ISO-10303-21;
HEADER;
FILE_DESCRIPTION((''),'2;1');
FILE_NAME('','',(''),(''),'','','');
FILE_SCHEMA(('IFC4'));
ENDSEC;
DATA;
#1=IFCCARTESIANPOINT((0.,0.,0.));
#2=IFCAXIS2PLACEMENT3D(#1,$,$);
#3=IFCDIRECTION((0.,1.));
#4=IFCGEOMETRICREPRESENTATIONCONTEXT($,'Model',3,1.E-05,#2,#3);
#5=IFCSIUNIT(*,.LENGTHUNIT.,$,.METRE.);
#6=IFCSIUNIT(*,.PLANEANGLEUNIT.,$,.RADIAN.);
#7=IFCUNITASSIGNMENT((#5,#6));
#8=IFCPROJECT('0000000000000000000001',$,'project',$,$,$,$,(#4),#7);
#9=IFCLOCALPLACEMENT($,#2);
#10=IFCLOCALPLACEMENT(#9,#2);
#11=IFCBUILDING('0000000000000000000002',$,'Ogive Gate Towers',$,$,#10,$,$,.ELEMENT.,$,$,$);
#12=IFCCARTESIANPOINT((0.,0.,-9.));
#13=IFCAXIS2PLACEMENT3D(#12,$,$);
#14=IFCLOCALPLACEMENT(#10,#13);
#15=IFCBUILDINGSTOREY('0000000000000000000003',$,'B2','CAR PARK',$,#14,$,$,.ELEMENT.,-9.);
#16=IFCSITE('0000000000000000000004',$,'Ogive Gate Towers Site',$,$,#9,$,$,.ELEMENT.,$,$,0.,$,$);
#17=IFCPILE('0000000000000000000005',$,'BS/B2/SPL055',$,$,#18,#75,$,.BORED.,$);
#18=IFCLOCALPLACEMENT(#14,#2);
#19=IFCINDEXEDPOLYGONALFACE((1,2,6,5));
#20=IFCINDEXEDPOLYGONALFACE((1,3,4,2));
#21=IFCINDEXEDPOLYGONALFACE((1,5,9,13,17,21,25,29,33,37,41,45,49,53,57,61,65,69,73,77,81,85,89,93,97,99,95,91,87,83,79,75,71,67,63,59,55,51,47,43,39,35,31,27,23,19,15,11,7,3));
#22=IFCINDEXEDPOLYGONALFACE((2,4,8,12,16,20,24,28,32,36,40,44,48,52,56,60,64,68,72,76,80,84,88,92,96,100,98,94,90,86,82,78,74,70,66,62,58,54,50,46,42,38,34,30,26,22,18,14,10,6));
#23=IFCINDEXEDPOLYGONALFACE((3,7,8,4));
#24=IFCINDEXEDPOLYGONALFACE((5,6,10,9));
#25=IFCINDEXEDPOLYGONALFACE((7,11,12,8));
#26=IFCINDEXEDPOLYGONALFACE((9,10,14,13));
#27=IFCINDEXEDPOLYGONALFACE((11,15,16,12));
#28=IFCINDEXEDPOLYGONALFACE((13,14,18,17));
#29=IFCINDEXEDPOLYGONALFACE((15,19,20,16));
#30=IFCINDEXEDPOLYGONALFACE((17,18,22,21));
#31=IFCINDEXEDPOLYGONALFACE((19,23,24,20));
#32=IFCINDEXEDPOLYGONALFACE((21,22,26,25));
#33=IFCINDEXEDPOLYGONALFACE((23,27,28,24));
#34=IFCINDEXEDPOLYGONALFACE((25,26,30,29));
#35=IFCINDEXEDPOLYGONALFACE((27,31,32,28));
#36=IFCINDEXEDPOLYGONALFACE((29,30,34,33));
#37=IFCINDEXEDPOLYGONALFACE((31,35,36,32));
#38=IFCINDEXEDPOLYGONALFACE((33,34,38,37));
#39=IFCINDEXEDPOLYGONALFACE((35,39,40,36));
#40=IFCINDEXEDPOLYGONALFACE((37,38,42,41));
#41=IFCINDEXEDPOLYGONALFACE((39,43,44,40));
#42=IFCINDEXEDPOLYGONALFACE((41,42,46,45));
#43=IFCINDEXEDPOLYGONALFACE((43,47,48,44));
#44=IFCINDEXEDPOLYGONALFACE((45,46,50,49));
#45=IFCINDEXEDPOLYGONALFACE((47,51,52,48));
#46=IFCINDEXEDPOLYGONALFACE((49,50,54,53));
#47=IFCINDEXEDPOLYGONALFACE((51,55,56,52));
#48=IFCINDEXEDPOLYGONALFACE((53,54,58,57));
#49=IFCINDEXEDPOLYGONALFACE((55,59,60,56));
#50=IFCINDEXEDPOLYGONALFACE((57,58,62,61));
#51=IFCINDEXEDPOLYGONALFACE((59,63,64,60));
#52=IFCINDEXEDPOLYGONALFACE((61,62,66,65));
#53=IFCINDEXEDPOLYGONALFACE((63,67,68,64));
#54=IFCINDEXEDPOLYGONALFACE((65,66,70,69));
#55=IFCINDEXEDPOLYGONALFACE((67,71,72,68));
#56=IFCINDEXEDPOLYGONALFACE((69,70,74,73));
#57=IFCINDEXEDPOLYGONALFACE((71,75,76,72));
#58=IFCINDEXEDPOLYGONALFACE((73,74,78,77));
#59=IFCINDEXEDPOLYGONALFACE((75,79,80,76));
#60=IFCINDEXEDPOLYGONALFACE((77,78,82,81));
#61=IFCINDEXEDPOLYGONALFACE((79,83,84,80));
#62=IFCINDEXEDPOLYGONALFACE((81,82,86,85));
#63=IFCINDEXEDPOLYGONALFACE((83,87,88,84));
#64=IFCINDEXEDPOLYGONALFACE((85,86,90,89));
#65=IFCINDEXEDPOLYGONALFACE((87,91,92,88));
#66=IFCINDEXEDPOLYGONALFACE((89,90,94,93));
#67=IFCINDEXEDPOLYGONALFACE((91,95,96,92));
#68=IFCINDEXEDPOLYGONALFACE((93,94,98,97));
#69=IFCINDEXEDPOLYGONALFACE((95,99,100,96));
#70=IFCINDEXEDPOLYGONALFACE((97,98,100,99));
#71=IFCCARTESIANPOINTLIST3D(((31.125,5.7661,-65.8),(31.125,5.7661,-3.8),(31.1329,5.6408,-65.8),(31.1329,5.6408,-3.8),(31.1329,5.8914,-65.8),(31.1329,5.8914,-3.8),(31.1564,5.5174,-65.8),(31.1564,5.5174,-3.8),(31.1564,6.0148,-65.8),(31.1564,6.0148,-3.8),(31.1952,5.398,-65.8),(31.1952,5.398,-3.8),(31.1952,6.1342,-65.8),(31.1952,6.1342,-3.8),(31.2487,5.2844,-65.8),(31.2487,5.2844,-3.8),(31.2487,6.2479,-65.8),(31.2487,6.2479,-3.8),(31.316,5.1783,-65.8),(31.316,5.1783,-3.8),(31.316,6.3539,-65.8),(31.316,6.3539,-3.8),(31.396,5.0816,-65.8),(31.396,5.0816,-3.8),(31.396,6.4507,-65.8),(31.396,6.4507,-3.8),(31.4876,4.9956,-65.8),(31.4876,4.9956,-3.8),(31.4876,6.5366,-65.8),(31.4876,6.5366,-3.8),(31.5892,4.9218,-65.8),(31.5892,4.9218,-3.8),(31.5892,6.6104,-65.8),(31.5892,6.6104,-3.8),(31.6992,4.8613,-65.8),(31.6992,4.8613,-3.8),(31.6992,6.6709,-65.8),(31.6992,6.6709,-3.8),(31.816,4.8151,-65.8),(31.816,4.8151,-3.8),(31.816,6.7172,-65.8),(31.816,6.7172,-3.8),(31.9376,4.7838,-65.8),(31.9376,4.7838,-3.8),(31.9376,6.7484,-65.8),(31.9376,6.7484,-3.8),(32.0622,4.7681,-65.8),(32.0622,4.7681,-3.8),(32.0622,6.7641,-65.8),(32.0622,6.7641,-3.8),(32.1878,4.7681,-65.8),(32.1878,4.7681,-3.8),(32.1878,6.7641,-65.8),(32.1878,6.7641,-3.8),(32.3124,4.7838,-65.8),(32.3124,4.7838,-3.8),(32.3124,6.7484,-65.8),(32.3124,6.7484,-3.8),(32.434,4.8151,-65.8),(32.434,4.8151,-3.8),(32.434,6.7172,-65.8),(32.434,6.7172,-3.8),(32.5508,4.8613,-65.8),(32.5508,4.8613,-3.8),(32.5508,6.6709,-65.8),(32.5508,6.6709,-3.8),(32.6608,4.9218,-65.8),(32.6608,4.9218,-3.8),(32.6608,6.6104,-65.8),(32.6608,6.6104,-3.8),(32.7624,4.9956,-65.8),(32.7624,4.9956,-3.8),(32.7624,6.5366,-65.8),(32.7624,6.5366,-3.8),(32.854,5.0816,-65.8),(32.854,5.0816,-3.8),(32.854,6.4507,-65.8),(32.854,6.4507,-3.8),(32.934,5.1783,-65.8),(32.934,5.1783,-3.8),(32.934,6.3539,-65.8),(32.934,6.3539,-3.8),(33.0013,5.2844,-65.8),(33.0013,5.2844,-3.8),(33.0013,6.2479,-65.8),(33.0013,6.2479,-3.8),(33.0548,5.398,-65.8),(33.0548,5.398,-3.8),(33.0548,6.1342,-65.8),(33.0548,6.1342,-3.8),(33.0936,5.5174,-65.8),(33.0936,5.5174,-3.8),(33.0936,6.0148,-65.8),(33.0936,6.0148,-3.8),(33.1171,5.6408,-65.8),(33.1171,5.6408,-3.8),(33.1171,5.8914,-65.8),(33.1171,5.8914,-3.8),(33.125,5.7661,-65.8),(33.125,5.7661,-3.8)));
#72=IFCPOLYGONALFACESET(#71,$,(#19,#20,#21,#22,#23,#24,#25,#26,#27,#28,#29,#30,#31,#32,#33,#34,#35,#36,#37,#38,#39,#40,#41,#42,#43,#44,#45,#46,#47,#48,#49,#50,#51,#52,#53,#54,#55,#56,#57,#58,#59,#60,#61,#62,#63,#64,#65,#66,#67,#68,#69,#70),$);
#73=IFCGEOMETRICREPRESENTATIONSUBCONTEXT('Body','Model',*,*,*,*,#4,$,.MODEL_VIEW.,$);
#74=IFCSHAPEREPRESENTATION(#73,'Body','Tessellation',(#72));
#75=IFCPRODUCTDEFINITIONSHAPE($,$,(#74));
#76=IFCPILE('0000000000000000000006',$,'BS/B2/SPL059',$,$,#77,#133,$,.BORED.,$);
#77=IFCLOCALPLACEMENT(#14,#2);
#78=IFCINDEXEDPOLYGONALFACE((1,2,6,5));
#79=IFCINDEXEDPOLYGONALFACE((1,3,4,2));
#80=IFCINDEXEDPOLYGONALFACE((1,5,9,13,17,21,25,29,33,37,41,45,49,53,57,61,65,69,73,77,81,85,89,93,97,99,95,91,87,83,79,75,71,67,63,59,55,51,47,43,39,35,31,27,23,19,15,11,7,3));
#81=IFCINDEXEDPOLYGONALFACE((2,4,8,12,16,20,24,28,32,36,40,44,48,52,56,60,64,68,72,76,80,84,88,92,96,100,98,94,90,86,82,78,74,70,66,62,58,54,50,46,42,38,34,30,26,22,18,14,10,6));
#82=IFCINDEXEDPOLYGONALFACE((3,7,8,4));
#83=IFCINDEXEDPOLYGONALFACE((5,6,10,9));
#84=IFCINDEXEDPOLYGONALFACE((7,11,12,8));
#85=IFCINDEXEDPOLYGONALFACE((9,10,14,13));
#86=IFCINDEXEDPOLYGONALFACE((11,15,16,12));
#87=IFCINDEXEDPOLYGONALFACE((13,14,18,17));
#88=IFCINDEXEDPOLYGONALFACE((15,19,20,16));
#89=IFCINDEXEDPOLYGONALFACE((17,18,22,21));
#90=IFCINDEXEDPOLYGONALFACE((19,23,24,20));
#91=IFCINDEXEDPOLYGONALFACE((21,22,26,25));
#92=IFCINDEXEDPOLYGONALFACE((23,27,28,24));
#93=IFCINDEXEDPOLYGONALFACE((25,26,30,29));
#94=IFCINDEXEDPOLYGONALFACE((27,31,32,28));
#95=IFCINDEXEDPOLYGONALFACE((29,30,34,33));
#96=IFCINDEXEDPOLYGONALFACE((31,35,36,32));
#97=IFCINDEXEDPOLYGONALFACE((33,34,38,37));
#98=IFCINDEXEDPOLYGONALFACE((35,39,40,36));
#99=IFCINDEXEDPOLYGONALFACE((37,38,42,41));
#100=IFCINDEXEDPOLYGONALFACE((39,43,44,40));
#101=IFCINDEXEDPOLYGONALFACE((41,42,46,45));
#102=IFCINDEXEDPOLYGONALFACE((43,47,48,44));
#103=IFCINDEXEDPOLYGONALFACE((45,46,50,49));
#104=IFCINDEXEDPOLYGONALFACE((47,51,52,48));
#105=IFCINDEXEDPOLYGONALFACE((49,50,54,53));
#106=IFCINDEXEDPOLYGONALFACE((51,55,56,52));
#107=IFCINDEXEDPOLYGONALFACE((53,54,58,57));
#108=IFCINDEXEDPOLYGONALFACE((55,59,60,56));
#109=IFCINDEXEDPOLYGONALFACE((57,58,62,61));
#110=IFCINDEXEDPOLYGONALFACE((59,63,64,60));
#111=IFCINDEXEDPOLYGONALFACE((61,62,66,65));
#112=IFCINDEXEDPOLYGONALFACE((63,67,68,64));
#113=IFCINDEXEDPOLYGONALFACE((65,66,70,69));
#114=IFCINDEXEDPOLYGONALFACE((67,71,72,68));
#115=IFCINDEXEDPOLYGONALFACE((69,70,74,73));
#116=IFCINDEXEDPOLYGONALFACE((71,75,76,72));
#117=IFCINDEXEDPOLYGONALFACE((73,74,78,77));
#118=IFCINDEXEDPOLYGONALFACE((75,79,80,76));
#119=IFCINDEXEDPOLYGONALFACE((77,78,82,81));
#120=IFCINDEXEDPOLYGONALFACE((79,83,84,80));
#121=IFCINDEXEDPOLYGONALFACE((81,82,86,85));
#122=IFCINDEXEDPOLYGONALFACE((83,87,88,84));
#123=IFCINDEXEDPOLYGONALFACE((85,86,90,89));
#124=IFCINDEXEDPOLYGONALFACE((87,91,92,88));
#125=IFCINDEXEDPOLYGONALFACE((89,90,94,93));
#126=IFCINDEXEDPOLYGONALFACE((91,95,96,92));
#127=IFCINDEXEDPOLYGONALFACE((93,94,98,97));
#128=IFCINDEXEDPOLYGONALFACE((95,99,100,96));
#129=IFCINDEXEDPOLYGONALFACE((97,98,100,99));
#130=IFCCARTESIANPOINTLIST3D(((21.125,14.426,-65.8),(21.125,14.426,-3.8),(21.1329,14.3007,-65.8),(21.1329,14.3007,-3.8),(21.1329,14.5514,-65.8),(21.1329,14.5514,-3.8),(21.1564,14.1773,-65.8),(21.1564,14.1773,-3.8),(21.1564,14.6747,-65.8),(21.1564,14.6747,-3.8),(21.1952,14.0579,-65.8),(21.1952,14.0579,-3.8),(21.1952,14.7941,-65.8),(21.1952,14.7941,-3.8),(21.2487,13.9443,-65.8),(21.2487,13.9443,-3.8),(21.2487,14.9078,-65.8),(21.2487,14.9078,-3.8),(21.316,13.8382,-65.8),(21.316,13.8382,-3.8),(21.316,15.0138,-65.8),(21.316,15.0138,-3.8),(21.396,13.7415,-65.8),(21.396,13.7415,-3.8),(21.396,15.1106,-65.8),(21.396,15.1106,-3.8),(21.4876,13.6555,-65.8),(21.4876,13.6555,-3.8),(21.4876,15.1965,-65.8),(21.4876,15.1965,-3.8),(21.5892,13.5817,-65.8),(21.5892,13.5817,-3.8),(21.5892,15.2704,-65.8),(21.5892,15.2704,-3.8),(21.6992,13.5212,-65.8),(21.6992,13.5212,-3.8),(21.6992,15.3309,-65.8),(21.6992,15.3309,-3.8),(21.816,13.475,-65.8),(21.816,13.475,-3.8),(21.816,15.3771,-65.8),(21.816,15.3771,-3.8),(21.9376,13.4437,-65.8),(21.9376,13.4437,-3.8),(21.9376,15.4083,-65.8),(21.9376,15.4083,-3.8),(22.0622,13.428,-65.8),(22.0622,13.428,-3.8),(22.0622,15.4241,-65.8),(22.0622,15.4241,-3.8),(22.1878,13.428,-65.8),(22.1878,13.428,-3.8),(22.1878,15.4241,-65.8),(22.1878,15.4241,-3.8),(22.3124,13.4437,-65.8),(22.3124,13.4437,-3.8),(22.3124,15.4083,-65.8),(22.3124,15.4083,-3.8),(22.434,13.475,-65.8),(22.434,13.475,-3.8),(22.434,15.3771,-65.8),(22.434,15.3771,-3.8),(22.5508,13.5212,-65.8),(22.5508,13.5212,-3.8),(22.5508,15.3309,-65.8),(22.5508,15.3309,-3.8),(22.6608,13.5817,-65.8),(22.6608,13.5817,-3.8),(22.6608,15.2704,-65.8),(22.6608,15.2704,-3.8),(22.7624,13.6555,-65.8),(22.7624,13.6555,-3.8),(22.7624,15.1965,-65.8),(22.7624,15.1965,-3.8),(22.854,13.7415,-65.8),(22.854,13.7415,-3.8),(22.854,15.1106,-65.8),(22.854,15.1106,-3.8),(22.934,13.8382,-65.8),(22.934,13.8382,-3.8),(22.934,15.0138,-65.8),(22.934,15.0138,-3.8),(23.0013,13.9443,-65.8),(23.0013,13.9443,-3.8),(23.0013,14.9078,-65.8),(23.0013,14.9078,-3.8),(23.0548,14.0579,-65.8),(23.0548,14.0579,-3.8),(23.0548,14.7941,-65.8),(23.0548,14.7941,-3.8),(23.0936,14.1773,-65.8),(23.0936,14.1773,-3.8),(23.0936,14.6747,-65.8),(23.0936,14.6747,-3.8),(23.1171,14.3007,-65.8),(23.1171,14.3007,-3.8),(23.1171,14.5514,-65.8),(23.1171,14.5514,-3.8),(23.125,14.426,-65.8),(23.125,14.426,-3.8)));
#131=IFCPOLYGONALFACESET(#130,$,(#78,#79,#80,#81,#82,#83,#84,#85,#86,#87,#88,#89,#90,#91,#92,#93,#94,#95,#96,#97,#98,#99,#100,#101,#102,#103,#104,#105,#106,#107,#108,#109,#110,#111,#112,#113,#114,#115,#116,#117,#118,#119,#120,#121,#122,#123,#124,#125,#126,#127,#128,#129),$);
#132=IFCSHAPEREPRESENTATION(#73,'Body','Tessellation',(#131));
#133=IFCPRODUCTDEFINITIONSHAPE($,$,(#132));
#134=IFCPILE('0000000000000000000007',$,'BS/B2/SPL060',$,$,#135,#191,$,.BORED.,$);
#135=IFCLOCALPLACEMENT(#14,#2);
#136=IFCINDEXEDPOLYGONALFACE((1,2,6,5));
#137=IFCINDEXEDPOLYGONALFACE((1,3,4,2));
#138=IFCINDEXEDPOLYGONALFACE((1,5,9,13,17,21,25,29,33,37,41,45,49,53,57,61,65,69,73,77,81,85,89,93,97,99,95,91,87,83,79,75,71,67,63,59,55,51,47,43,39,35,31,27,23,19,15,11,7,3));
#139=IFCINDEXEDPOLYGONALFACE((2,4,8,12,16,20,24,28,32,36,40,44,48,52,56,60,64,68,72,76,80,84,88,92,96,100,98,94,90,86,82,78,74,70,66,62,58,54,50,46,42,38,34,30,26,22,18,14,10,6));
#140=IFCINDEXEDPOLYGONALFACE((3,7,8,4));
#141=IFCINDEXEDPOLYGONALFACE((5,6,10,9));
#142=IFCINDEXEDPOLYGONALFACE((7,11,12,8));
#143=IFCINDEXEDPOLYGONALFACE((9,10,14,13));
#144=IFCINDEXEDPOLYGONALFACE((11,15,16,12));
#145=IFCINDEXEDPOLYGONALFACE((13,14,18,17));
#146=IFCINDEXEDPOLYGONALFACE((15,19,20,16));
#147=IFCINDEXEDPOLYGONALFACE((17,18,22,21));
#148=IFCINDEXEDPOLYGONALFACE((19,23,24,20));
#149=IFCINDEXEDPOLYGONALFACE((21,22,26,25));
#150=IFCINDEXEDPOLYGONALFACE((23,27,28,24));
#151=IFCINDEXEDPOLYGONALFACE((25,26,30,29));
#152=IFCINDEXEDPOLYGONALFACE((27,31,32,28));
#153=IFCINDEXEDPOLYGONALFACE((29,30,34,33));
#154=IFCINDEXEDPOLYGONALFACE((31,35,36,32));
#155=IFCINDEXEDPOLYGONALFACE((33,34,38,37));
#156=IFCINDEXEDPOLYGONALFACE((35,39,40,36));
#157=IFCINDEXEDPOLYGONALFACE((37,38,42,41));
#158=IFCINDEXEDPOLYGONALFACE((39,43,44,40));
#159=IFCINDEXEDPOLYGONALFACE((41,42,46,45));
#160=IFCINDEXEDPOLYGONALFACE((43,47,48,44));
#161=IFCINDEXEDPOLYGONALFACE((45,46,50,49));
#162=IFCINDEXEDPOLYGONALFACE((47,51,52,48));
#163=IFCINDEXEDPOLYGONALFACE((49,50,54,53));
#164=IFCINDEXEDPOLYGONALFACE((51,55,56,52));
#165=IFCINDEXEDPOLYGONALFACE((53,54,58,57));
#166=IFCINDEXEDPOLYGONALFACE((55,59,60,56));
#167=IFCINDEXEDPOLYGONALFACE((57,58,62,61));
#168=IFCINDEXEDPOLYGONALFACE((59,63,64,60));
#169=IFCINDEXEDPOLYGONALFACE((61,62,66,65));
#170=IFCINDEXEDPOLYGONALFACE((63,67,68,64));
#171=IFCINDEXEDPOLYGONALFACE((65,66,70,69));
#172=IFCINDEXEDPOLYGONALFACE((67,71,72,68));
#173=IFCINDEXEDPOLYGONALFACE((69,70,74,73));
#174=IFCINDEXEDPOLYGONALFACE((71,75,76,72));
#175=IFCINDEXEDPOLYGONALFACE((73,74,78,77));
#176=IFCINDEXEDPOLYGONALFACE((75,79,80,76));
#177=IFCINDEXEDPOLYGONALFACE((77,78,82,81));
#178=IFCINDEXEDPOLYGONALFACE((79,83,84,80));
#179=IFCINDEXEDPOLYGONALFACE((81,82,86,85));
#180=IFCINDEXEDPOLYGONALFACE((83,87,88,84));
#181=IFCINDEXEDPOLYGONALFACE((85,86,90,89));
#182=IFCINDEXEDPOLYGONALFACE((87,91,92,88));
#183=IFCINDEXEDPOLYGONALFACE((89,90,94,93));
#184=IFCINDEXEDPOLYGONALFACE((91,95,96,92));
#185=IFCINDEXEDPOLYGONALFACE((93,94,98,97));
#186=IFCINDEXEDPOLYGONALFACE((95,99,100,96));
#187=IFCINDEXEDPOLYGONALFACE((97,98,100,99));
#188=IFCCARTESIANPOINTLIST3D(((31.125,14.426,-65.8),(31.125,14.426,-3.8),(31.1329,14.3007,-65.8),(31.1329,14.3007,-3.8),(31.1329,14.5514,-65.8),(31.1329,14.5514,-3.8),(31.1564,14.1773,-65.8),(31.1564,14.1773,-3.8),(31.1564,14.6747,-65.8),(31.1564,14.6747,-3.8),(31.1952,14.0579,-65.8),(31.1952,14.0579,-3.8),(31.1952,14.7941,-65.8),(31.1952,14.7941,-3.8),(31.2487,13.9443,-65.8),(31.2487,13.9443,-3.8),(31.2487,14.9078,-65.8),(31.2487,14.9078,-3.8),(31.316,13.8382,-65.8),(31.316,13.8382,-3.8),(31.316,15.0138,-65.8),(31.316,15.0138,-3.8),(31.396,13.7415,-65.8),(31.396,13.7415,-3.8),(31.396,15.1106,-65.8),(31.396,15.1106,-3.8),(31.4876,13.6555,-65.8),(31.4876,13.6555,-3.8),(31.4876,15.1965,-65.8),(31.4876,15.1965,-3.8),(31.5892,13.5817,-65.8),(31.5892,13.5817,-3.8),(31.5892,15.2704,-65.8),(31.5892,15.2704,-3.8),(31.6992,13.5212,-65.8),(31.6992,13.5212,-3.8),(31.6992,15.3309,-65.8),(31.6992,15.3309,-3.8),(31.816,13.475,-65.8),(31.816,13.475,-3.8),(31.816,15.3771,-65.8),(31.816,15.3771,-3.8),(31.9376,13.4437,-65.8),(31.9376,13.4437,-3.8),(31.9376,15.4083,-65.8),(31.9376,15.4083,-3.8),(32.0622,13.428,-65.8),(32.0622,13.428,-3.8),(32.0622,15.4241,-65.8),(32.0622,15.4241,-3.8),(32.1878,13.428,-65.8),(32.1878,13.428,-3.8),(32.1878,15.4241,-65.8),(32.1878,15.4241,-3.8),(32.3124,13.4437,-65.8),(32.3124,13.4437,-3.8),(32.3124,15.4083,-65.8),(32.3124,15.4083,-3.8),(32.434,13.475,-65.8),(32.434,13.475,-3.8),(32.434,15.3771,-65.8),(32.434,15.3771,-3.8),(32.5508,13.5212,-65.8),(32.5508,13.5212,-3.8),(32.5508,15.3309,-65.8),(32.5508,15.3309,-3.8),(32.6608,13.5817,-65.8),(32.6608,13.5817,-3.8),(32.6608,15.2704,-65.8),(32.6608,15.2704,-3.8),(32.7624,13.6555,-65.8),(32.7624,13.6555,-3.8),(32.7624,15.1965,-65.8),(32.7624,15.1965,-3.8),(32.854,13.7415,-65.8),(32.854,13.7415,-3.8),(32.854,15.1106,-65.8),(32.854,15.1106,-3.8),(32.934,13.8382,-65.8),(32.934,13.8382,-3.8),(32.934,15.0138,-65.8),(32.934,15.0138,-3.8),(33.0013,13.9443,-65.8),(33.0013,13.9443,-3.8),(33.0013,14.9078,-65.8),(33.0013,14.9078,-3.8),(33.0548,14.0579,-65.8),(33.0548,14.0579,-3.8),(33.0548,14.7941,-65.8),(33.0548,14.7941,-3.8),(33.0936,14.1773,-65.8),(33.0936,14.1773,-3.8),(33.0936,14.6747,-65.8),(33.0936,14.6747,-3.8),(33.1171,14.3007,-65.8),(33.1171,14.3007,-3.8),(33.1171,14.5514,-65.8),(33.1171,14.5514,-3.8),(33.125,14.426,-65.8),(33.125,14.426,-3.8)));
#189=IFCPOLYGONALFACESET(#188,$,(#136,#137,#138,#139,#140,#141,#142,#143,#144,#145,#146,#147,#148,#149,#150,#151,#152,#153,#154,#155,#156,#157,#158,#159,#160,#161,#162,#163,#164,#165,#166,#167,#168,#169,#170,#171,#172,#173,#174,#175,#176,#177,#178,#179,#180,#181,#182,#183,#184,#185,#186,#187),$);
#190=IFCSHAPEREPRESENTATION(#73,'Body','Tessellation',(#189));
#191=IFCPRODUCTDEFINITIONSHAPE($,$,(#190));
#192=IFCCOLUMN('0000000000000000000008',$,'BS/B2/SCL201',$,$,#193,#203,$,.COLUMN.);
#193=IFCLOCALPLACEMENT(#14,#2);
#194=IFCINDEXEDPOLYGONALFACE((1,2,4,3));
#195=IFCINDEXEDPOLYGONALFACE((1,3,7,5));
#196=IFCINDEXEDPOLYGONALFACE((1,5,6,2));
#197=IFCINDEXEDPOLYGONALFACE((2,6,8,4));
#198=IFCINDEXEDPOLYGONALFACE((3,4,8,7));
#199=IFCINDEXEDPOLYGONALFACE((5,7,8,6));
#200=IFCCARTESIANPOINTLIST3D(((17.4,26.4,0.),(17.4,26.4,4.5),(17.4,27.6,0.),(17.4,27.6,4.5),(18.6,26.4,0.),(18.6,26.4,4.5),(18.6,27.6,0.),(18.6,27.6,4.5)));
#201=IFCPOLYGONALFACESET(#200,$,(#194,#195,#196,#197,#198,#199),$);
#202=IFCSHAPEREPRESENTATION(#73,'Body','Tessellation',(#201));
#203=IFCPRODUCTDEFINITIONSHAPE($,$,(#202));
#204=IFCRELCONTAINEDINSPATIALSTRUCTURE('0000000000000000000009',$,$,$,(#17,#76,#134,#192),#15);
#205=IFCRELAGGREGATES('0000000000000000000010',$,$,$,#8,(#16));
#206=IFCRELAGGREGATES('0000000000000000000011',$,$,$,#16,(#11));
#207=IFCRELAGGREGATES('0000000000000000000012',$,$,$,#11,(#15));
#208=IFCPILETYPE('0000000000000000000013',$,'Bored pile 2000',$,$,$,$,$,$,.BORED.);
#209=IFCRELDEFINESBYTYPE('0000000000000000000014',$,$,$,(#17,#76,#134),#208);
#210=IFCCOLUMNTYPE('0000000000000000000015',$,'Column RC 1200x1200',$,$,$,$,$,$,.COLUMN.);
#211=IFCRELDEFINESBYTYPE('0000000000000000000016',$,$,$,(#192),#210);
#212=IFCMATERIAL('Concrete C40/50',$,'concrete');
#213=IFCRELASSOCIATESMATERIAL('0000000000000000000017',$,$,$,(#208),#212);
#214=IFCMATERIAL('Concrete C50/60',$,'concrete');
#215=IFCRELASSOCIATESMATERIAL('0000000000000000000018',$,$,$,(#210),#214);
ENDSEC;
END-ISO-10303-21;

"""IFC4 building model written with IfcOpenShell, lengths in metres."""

from ifc_helpers import new_model, si_unit, direction, frame, origin, origin_2d, place, context, subcontext, project, spatial, rectangle, circle, extrude, material, material_profile, profile_set, type_object, element, save


model = new_model("IFC4")

# Units and contexts
model_context = context("Model", 3, precision=1e-05, world=origin(), true_north=direction((0.0, 1.0)))
body_context = subcontext(model_context, "Body", "Model", "MODEL_VIEW")
ifc_project = project(units=[si_unit("LENGTHUNIT", "METRE"), si_unit("PLANEANGLEUNIT", "RADIAN")], contexts=[model_context])

# Site, building, storey
site_placement = place(None, origin())
site = spatial("IfcSite", under=ifc_project, at=site_placement, Name="Ogive Gate Towers Site", CompositionType="ELEMENT", RefElevation=0.0)
building_placement = place(site_placement, origin())
building = spatial("IfcBuilding", under=site, at=building_placement, Name="Ogive Gate Towers", CompositionType="ELEMENT")
storey_placement = place(building_placement, frame((0.0, 0.0, -9.0)))
storey = spatial("IfcBuildingStorey", under=building, at=storey_placement, Name="B2", Description="CAR PARK", CompositionType="ELEMENT", Elevation=-9.0)

# Piles
ifc_material_1 = material(Name="Concrete C40/50", Category="concrete")
ifc_material_profile_1 = material_profile(ifc_material_1, circle(Radius=1.0, at=origin_2d()), Name="BP 2000")
ifc_profile_set_1 = profile_set([ifc_material_profile_1], Name="Concrete C40/50")
pile_type_1 = type_object("IfcPileType", Name="Bored pile 2000", PredefinedType="BORED", material=ifc_profile_set_1)
for number, where, z_axis, x_axis, name in (
    (1, (32.125, 5.7661, -3.8), (0.0, 0.0, -1.0), (1.0, 0.0, 0.0), "BS/B2/SPL055"),
    (2, (22.125, 14.426, -3.8), (0.0, 0.0, -1.0), (1.0, 0.0, 0.0), "BS/B2/SPL059"),
    (3, (32.125, 14.426, -3.8), (0.0, 0.0, -1.0), (1.0, 0.0, 0.0), "BS/B2/SPL060"),
):
    element("IfcPile", number, at=place(storey_placement, frame(where, z_axis=z_axis, x_axis=x_axis)), inside=storey, type_object=pile_type_1, Name=name, PredefinedType="BORED", context=body_context, shape_type="SweptSolid", body=[
        extrude(circle(Radius=1.0, at=origin_2d()), origin(), (0.0, 0.0, 1.0), 62.0),
    ])

# Column
ifc_material_2 = material(Name="Concrete C50/60", Category="concrete")
ifc_material_profile_2 = material_profile(ifc_material_2, rectangle(XDim=1.2, YDim=1.2, at=origin_2d()), Name="RC 1200x1200")
ifc_profile_set_2 = profile_set([ifc_material_profile_2], Name="Concrete C50/60")
column_type_1 = type_object("IfcColumnType", Name="Column RC 1200x1200", PredefinedType="COLUMN", material=ifc_profile_set_2)
for number, where, z_axis, x_axis, name in (
    (4, (18.0, 27.0, 0.0), (0.0, 0.0, 1.0), (1.0, 0.0, 0.0), "BS/B2/SCL201"),
):
    element("IfcColumn", number, at=place(storey_placement, frame(where, z_axis=z_axis, x_axis=x_axis)), inside=storey, type_object=column_type_1, Name=name, PredefinedType="COLUMN", context=body_context, shape_type="SweptSolid", body=[
        extrude(rectangle(XDim=1.2, YDim=1.2, at=origin_2d()), origin(), (0.0, 0.0, 1.0), 4.5),
    ])

save(model, "model.ifc")
